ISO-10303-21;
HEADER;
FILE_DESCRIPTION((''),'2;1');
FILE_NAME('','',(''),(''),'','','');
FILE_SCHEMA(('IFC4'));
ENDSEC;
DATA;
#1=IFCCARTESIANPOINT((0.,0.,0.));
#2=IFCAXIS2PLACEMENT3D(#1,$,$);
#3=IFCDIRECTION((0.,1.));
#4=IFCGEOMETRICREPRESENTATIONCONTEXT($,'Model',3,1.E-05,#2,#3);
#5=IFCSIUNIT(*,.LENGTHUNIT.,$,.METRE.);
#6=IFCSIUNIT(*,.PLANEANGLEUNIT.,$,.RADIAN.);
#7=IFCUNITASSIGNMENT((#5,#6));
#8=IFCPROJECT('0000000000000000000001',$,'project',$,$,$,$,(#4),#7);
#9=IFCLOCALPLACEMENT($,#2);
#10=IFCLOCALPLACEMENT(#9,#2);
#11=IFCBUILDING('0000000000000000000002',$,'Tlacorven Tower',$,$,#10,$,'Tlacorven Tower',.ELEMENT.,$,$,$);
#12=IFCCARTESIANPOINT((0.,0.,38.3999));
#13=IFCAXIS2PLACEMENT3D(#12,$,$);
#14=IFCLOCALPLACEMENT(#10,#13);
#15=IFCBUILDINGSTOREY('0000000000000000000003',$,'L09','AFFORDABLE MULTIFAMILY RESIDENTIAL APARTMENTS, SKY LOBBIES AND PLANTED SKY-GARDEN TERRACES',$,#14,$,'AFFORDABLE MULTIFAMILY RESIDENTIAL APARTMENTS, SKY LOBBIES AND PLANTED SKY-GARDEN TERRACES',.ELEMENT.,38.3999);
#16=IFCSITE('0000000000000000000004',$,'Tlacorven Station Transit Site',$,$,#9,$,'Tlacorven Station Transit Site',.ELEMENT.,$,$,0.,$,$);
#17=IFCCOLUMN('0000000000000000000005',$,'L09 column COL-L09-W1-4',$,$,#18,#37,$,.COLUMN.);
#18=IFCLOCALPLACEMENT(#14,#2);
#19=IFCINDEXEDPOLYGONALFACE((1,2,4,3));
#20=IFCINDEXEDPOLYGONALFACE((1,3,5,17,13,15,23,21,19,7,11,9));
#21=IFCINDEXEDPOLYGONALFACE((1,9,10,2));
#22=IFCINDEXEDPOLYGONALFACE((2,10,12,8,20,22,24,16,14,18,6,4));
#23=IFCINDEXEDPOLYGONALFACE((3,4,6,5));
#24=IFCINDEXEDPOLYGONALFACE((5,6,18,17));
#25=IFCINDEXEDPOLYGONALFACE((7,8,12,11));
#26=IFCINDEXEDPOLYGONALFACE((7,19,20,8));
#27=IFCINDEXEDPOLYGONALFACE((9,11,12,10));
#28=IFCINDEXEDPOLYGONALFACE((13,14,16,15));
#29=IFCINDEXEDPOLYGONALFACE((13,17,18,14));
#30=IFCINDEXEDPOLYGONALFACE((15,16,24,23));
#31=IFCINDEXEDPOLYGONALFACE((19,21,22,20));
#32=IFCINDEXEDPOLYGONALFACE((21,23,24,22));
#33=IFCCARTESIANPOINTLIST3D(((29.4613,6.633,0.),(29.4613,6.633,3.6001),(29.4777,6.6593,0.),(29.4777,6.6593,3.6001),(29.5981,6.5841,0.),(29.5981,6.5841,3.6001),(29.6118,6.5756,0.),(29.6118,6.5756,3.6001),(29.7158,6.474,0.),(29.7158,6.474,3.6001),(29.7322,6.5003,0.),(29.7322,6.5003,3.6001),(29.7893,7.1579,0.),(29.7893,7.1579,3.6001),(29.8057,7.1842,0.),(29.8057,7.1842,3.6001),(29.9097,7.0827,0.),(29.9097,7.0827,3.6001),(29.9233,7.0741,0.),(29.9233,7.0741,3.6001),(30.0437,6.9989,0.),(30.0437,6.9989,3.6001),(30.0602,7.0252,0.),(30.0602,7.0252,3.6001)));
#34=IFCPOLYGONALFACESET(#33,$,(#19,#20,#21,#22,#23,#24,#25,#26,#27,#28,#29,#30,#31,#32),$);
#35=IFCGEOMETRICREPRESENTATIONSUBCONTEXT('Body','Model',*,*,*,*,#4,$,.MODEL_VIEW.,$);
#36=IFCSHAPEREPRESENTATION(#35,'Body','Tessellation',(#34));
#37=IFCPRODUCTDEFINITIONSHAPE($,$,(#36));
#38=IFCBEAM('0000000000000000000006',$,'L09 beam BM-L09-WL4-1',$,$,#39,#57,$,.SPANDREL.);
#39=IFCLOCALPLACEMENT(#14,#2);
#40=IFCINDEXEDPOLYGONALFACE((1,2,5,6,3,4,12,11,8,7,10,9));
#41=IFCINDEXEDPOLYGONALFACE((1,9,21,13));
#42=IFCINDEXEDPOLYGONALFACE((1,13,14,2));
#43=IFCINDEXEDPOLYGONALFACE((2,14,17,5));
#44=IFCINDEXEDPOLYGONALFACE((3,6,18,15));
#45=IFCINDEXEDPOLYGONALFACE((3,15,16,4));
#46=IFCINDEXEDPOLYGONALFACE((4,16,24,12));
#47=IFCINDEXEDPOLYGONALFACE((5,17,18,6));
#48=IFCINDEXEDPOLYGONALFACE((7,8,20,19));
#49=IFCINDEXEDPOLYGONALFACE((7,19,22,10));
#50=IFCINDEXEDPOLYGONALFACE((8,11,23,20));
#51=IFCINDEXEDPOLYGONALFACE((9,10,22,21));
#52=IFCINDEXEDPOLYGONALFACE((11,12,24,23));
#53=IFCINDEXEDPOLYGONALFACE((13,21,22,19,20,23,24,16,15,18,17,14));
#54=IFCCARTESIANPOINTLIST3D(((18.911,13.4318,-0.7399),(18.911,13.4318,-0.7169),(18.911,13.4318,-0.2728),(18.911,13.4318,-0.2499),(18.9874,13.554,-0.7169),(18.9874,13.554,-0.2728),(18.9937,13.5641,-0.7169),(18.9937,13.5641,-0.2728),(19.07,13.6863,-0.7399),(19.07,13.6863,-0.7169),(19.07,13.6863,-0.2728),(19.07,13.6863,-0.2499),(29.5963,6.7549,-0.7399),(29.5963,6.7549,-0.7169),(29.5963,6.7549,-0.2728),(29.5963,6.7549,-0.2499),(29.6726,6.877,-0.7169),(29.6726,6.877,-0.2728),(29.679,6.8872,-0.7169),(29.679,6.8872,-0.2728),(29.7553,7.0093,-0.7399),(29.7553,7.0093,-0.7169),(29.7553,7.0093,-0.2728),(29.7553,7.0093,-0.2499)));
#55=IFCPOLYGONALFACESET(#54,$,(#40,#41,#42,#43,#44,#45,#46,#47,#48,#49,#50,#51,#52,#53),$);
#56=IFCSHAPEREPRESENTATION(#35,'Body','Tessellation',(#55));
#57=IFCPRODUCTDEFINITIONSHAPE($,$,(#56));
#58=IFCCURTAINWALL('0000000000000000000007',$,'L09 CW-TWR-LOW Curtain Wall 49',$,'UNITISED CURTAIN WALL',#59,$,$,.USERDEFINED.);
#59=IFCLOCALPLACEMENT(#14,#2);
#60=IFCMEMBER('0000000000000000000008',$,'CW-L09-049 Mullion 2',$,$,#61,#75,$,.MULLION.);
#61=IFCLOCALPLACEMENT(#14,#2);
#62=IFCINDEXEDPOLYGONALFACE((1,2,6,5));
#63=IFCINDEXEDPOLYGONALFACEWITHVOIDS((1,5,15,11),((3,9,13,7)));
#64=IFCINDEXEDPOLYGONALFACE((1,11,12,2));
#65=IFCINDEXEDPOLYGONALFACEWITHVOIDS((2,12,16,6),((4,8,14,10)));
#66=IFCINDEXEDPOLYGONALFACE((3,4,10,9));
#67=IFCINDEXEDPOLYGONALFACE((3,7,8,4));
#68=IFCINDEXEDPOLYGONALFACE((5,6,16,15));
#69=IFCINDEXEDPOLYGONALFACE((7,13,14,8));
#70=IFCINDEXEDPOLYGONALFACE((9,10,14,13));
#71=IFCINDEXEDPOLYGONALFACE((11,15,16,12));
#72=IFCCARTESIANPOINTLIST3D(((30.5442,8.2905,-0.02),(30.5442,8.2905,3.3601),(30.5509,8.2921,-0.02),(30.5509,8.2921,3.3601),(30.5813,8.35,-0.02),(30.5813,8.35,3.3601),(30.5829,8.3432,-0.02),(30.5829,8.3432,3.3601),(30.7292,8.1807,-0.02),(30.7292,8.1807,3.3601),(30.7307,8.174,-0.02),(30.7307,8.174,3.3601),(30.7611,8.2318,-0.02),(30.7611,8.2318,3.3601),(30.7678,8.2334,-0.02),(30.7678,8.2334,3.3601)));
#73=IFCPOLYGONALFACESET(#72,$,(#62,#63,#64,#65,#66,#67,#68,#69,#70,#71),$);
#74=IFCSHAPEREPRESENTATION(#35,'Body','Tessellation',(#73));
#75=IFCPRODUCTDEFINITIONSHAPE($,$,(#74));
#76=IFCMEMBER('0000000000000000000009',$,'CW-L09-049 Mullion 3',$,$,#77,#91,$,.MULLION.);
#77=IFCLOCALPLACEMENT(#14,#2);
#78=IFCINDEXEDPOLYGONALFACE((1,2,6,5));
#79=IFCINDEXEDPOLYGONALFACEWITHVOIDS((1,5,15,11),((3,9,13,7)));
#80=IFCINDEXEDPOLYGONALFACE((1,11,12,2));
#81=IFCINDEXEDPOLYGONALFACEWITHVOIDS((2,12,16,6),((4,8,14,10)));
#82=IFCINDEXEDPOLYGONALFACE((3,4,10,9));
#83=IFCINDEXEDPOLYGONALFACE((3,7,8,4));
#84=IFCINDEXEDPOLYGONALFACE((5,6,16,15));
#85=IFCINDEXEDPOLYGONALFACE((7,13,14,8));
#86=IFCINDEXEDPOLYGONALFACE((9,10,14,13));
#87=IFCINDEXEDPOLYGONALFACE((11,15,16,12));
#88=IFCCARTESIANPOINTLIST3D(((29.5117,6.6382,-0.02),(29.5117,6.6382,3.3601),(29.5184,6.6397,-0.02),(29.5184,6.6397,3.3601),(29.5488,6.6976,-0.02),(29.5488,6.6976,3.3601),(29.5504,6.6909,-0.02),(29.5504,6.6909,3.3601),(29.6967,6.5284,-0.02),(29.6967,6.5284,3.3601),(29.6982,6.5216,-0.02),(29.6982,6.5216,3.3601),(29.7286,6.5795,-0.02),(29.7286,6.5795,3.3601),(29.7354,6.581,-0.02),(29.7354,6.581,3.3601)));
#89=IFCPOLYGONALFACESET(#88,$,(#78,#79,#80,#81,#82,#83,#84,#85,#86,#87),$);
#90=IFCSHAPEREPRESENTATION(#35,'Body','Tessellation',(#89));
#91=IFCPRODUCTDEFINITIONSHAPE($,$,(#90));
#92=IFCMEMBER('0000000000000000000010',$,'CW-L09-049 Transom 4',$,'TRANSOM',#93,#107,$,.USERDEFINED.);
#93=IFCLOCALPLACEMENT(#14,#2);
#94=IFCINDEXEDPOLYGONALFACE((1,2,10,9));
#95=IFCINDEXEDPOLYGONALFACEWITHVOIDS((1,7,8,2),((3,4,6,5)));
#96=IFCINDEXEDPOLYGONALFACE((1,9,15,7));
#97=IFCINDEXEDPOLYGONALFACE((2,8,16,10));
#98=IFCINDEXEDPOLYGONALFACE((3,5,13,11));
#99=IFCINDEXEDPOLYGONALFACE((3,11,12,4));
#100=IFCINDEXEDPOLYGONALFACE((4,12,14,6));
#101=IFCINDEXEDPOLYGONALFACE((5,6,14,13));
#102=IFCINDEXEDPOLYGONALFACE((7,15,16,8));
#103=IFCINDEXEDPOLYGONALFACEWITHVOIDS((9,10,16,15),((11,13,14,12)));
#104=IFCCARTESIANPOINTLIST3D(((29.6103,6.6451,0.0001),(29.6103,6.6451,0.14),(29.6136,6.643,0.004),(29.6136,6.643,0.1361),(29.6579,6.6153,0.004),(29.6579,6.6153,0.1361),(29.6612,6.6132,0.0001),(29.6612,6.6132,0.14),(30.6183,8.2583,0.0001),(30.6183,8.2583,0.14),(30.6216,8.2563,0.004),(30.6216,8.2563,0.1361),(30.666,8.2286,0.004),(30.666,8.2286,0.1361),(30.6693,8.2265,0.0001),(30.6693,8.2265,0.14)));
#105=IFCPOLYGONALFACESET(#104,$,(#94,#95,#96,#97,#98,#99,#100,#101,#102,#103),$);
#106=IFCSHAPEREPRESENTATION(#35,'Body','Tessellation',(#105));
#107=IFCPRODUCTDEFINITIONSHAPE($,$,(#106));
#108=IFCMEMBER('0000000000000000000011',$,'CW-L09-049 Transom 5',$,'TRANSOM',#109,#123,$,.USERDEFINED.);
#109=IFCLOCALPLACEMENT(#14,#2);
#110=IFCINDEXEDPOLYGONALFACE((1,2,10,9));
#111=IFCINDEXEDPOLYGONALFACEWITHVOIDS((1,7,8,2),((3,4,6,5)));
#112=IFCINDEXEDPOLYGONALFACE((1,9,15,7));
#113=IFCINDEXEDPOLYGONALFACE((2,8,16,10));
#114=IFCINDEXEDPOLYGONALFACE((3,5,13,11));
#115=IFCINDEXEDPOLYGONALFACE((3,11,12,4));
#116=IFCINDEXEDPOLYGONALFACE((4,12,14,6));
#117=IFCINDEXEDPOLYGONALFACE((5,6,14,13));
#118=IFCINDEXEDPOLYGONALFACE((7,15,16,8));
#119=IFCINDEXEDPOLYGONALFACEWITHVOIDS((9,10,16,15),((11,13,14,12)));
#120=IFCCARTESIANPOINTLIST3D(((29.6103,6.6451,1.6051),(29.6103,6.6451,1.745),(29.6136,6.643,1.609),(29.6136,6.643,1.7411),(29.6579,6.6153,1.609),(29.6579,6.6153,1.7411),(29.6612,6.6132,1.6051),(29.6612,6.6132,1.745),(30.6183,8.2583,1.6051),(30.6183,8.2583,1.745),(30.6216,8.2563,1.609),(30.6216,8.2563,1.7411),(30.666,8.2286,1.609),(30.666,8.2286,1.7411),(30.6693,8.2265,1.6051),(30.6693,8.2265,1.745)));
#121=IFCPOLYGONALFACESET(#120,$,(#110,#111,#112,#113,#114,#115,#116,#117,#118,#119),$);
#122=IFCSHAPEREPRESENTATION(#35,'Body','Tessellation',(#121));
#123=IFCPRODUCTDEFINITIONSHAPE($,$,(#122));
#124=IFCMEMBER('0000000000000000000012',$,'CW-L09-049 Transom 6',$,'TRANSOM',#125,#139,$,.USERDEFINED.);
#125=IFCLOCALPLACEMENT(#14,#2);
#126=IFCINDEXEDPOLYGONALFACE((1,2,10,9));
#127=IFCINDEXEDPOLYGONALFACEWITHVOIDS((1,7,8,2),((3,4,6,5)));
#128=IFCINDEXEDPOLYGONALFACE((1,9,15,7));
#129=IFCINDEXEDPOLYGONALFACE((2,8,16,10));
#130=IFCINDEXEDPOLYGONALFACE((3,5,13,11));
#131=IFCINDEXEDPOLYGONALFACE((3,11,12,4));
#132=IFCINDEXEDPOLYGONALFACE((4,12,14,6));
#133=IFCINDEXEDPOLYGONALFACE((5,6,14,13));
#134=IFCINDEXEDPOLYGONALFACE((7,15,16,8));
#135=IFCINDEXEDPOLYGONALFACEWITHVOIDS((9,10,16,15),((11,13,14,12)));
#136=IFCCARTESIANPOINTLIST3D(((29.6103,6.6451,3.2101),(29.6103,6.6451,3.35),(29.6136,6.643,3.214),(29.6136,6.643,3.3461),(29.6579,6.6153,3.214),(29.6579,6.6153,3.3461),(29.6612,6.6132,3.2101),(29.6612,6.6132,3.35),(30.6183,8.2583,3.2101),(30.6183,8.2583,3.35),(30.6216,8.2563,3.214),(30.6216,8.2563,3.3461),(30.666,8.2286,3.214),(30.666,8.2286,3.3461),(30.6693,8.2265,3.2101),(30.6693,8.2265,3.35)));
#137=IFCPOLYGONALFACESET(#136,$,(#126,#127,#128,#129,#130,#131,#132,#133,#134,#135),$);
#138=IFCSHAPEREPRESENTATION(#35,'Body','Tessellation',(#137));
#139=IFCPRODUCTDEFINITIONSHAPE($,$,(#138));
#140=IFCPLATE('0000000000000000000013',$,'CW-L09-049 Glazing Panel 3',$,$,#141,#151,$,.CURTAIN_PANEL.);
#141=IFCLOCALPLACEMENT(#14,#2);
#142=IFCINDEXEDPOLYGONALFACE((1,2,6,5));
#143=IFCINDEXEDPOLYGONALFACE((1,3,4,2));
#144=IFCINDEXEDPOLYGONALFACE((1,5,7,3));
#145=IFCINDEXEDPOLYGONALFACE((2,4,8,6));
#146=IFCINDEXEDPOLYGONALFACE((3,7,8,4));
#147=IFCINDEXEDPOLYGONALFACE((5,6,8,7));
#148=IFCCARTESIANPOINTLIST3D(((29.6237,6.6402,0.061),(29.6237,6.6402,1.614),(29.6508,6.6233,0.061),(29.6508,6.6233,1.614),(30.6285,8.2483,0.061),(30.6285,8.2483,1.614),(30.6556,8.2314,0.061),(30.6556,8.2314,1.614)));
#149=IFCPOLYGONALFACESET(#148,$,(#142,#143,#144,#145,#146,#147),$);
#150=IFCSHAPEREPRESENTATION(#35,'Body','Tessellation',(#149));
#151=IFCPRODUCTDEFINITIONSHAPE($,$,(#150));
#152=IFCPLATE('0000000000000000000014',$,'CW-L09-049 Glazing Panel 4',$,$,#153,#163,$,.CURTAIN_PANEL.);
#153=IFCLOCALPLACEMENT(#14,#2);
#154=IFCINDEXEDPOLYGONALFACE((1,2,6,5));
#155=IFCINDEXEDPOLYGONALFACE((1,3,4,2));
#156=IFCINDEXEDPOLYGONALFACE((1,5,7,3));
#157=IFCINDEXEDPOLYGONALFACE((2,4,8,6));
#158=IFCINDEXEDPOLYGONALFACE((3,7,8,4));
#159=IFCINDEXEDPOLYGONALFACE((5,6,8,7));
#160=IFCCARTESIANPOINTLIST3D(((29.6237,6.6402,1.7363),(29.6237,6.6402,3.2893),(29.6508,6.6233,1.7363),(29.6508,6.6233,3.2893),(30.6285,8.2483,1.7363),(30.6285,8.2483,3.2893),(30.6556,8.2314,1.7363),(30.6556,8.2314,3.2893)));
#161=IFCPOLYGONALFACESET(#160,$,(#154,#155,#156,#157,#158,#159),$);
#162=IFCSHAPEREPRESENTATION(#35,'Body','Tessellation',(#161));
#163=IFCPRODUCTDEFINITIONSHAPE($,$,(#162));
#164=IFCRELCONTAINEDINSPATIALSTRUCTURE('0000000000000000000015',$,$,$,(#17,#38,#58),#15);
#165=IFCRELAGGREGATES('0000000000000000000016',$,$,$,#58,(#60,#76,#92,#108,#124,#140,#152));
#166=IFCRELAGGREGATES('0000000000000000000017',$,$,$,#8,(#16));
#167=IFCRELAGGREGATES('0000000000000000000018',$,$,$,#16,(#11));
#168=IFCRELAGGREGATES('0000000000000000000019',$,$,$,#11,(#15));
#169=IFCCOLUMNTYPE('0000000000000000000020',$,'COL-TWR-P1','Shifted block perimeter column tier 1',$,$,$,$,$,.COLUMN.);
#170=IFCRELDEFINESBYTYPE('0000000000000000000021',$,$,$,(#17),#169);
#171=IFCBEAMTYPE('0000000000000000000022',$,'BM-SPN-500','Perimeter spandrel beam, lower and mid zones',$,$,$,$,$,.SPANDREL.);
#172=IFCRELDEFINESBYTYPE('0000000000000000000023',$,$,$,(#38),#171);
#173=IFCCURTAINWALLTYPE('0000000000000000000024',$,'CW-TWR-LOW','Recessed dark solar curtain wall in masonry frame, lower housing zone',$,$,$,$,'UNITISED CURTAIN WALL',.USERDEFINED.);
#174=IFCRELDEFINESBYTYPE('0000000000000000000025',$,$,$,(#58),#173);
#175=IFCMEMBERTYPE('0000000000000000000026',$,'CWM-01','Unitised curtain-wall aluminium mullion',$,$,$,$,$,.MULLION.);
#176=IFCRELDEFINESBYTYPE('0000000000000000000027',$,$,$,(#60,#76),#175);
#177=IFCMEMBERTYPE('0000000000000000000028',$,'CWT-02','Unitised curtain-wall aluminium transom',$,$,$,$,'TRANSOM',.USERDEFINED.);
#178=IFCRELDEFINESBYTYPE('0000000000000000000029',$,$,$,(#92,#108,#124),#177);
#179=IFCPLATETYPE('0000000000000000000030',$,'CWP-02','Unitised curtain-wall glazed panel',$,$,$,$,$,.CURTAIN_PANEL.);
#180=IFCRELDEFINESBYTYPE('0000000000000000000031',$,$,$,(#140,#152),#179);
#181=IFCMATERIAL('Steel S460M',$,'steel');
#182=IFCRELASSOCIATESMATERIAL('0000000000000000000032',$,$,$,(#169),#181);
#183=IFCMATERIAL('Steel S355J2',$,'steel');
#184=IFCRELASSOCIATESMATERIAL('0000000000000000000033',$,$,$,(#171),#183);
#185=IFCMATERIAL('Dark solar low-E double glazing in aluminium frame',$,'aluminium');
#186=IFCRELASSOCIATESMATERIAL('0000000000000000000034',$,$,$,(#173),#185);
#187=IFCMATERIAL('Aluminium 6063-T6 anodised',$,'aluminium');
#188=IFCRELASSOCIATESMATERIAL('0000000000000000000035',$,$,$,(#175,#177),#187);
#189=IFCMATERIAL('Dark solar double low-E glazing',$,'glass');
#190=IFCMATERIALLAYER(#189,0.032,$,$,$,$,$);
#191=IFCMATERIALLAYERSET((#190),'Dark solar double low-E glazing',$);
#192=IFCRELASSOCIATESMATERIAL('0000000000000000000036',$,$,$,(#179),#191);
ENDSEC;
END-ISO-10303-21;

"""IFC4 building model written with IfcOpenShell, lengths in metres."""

from ifc_helpers import new_model, si_unit, direction, frame, origin, origin_2d, place, context, subcontext, project, spatial, rectangle, hollow_rectangle, i_section, extrude, source, transform, mapped, material, layer, layer_set, material_profile, profile_set, type_object, element, aggregate, save


model = new_model("IFC4")

# Units and contexts
model_context = context("Model", 3, precision=1e-05, world=origin(), true_north=direction((0.0, 1.0)))
body_context = subcontext(model_context, "Body", "Model", "MODEL_VIEW")
ifc_project = project(units=[si_unit("LENGTHUNIT", "METRE"), si_unit("PLANEANGLEUNIT", "RADIAN")], contexts=[model_context])

# Site, building, storey
site_placement = place(None, origin())
site = spatial("IfcSite", under=ifc_project, at=site_placement, Name="Tlacorven Station Transit Site", LongName="Tlacorven Station Transit Site", CompositionType="ELEMENT", RefElevation=0.0)
building_placement = place(site_placement, origin())
building = spatial("IfcBuilding", under=site, at=building_placement, Name="Tlacorven Tower", LongName="Tlacorven Tower", CompositionType="ELEMENT")
storey_placement = place(building_placement, frame((0.0, 0.0, 38.3999)))
storey = spatial("IfcBuildingStorey", under=building, at=storey_placement, Name="L09", Description="AFFORDABLE MULTIFAMILY RESIDENTIAL APARTMENTS, SKY LOBBIES AND PLANTED SKY-GARDEN TERRACES", LongName="AFFORDABLE MULTIFAMILY RESIDENTIAL APARTMENTS, SKY LOBBIES AND PLANTED SKY-GARDEN TERRACES", CompositionType="ELEMENT", Elevation=38.3999)

# Column
ifc_material_1 = material(Name="Steel S460M", Category="steel")
ifc_material_profile_1 = material_profile(ifc_material_1, i_section(OverallWidth=0.3, OverallDepth=0.6499, WebThickness=0.0161, FlangeThickness=0.031, at=origin_2d()), Name="HEB 650")
ifc_profile_set_1 = profile_set([ifc_material_profile_1], Name="Steel S460M")
column_type = type_object("IfcColumnType", Name="COL-TWR-P1", Description="Shifted block perimeter column tier 1", PredefinedType="COLUMN", material=ifc_profile_set_1)
shared_shape_1 = source(origin(), body_context, "Body", "SweptSolid", [
    extrude(i_section(OverallWidth=0.3, OverallDepth=0.6499, WebThickness=0.0161, FlangeThickness=0.031, at=origin_2d()), origin(), (0.0, 0.0, 1.0), 3.6001),
])
column_placement = place(storey_placement, frame((29.7607, 6.8291, 0.0), z_axis=(0.0, 0.0, 1.0), x_axis=(-0.848048, 0.529919, 0.0)))
element("IfcColumn", 1, at=column_placement, inside=storey, type_object=column_type, Name="L09 column COL-L09-W1-4", PredefinedType="COLUMN", context=body_context, shape_type="MappedRepresentation", body=[
    mapped(shared_shape_1, transform((0.0, 0.0, 0.0), scale=1.0)),
])

# Beam
ifc_material_2 = material(Name="Steel S355J2", Category="steel")
ifc_material_profile_2 = material_profile(ifc_material_2, i_section(OverallWidth=0.3, OverallDepth=0.49, WebThickness=0.012, FlangeThickness=0.0229, at=origin_2d()), Name="HEA 500")
ifc_profile_set_2 = profile_set([ifc_material_profile_2], Name="Steel S355J2")
beam_type = type_object("IfcBeamType", Name="BM-SPN-500", Description="Perimeter spandrel beam, lower and mid zones", PredefinedType="SPANDREL", material=ifc_profile_set_2)
shared_shape_2 = source(origin(), body_context, "Body", "SweptSolid", [
    extrude(i_section(OverallWidth=0.3, OverallDepth=0.49, WebThickness=0.012, FlangeThickness=0.0229, at=origin_2d()), origin(), (0.0, 0.0, 1.0), 12.5999),
])
beam_placement = place(storey_placement, frame((29.6758, 6.8821, -0.4949), z_axis=(-0.848045, 0.529924, 0.0), x_axis=(-0.529924, -0.848045, 0.0)))
element("IfcBeam", 2, at=beam_placement, inside=storey, type_object=beam_type, Name="L09 beam BM-L09-WL4-1", PredefinedType="SPANDREL", context=body_context, shape_type="MappedRepresentation", body=[
    mapped(shared_shape_2, transform((0.0, 0.0, 0.0), scale=1.0)),
])

# Curtain wall, members, plates
ifc_material_3 = material(Name="Dark solar low-E double glazing in aluminium frame", Category="aluminium")
curtain_wall_type = type_object("IfcCurtainWallType", Name="CW-TWR-LOW", Description="Recessed dark solar curtain wall in masonry frame, lower housing zone", ElementType="UNITISED CURTAIN WALL", PredefinedType="USERDEFINED", material=ifc_material_3)
curtain_wall_placement = place(storey_placement, origin())
curtain_wall = element("IfcCurtainWall", 3, at=curtain_wall_placement, inside=storey, type_object=curtain_wall_type, Name="L09 CW-TWR-LOW Curtain Wall 49", ObjectType="UNITISED CURTAIN WALL", PredefinedType="USERDEFINED")
ifc_material_4 = material(Name="Aluminium 6063-T6 anodised", Category="aluminium")
ifc_material_profile_3 = material_profile(ifc_material_4, hollow_rectangle(XDim=0.0701, YDim=0.22, WallThickness=0.0049, at=origin_2d()), Name="ALU MULLION 70X220")
ifc_profile_set_3 = profile_set([ifc_material_profile_3], Name="Aluminium 6063-T6 anodised")
member_type_1 = type_object("IfcMemberType", Name="CWM-01", Description="Unitised curtain-wall aluminium mullion", PredefinedType="MULLION", material=ifc_profile_set_3)
shared_shape_3 = source(origin(), body_context, "Body", "SweptSolid", [
    extrude(hollow_rectangle(XDim=0.0701, YDim=0.22, WallThickness=0.0049, at=origin_2d()), origin(), (0.0, 0.0, 1.0), 3.3801),
])
member_1_placement = place(storey_placement, frame((30.656, 8.262, -0.02), z_axis=(0.0, 0.0, 1.0), x_axis=(-0.529919, -0.848048, 0.0)))
member_1 = element("IfcMember", 4, at=member_1_placement, type_object=member_type_1, Name="CW-L09-049 Mullion 2", PredefinedType="MULLION", context=body_context, shape_type="MappedRepresentation", body=[
    mapped(shared_shape_3, transform((0.0, 0.0, 0.0), scale=1.0)),
])
member_2_placement = place(storey_placement, frame((29.6235, 6.6096, -0.02), z_axis=(0.0, 0.0, 1.0), x_axis=(-0.529919, -0.848048, 0.0)))
member_2 = element("IfcMember", 5, at=member_2_placement, type_object=member_type_1, Name="CW-L09-049 Mullion 3", PredefinedType="MULLION", context=body_context, shape_type="MappedRepresentation", body=[
    mapped(shared_shape_3, transform((0.0, 0.0, 0.0), scale=1.0)),
])
ifc_material_profile_4 = material_profile(ifc_material_4, hollow_rectangle(XDim=0.0601, YDim=0.1399, WallThickness=0.0039, at=origin_2d()), Name="ALU TRANSOM 60X140")
ifc_profile_set_4 = profile_set([ifc_material_profile_4], Name="Aluminium 6063-T6 anodised")
member_type_2 = type_object("IfcMemberType", Name="CWT-02", Description="Unitised curtain-wall aluminium transom", ElementType="TRANSOM", PredefinedType="USERDEFINED", material=ifc_profile_set_4)
shared_shape_4 = source(origin(), body_context, "Body", "SweptSolid", [
    extrude(hollow_rectangle(XDim=0.0601, YDim=0.1399, WallThickness=0.0039, at=origin_2d()), origin(), (0.0, 0.0, 1.0), 1.9023),
])
member_3_placement = place(storey_placement, frame((30.6438, 8.2424, 0.0701), z_axis=(-0.529907, -0.848056, 0.0), x_axis=(0.848056, -0.529907, 0.0)))
member_3 = element("IfcMember", 6, at=member_3_placement, type_object=member_type_2, Name="CW-L09-049 Transom 4", ObjectType="TRANSOM", PredefinedType="USERDEFINED", context=body_context, shape_type="MappedRepresentation", body=[
    mapped(shared_shape_4, transform((0.0, 0.0, 0.0), scale=1.0)),
])
member_4_placement = place(storey_placement, frame((30.6438, 8.2424, 1.675), z_axis=(-0.529907, -0.848056, 0.0), x_axis=(0.848056, -0.529907, 0.0)))
member_4 = element("IfcMember", 7, at=member_4_placement, type_object=member_type_2, Name="CW-L09-049 Transom 5", ObjectType="TRANSOM", PredefinedType="USERDEFINED", context=body_context, shape_type="MappedRepresentation", body=[
    mapped(shared_shape_4, transform((0.0, 0.0, 0.0), scale=1.0)),
])
member_5_placement = place(storey_placement, frame((30.6438, 8.2424, 3.28), z_axis=(-0.529907, -0.848056, 0.0), x_axis=(0.848056, -0.529907, 0.0)))
member_5 = element("IfcMember", 8, at=member_5_placement, type_object=member_type_2, Name="CW-L09-049 Transom 6", ObjectType="TRANSOM", PredefinedType="USERDEFINED", context=body_context, shape_type="MappedRepresentation", body=[
    mapped(shared_shape_4, transform((0.0, 0.0, 0.0), scale=1.0)),
])
ifc_material_5 = material(Name="Dark solar double low-E glazing", Category="glass")
ifc_layer_1 = layer(ifc_material_5, 0.032)
ifc_layer_set_1 = layer_set([ifc_layer_1], Name="Dark solar double low-E glazing")
plate_type = type_object("IfcPlateType", Name="CWP-02", Description="Unitised curtain-wall glazed panel", PredefinedType="CURTAIN_PANEL", material=ifc_layer_set_1)
shared_shape_5 = source(origin(), body_context, "Body", "SweptSolid", [
    extrude(rectangle(XDim=1.8962, YDim=0.032, at=origin_2d()), origin(), (0.0, 0.0, 1.0), 1.553),
])
plate_1_placement = place(storey_placement, frame((30.1396, 7.4358, 0.061), z_axis=(0.0, 0.0, 1.0), x_axis=(-0.529919, -0.848048, 0.0)))
plate_1 = element("IfcPlate", 9, at=plate_1_placement, type_object=plate_type, Name="CW-L09-049 Glazing Panel 3", PredefinedType="CURTAIN_PANEL", context=body_context, shape_type="MappedRepresentation", body=[
    mapped(shared_shape_5, transform((0.0, 0.0, 0.0), scale=1.0)),
])
plate_2_placement = place(storey_placement, frame((30.1396, 7.4358, 1.7363), z_axis=(0.0, 0.0, 1.0), x_axis=(-0.529919, -0.848048, 0.0)))
plate_2 = element("IfcPlate", 10, at=plate_2_placement, type_object=plate_type, Name="CW-L09-049 Glazing Panel 4", PredefinedType="CURTAIN_PANEL", context=body_context, shape_type="MappedRepresentation", body=[
    mapped(shared_shape_5, transform((0.0, 0.0, 0.0), scale=1.0)),
])
aggregate(curtain_wall, [member_1, member_2, member_3, member_4, member_5, plate_1, plate_2])

save(model, "model.ifc")
